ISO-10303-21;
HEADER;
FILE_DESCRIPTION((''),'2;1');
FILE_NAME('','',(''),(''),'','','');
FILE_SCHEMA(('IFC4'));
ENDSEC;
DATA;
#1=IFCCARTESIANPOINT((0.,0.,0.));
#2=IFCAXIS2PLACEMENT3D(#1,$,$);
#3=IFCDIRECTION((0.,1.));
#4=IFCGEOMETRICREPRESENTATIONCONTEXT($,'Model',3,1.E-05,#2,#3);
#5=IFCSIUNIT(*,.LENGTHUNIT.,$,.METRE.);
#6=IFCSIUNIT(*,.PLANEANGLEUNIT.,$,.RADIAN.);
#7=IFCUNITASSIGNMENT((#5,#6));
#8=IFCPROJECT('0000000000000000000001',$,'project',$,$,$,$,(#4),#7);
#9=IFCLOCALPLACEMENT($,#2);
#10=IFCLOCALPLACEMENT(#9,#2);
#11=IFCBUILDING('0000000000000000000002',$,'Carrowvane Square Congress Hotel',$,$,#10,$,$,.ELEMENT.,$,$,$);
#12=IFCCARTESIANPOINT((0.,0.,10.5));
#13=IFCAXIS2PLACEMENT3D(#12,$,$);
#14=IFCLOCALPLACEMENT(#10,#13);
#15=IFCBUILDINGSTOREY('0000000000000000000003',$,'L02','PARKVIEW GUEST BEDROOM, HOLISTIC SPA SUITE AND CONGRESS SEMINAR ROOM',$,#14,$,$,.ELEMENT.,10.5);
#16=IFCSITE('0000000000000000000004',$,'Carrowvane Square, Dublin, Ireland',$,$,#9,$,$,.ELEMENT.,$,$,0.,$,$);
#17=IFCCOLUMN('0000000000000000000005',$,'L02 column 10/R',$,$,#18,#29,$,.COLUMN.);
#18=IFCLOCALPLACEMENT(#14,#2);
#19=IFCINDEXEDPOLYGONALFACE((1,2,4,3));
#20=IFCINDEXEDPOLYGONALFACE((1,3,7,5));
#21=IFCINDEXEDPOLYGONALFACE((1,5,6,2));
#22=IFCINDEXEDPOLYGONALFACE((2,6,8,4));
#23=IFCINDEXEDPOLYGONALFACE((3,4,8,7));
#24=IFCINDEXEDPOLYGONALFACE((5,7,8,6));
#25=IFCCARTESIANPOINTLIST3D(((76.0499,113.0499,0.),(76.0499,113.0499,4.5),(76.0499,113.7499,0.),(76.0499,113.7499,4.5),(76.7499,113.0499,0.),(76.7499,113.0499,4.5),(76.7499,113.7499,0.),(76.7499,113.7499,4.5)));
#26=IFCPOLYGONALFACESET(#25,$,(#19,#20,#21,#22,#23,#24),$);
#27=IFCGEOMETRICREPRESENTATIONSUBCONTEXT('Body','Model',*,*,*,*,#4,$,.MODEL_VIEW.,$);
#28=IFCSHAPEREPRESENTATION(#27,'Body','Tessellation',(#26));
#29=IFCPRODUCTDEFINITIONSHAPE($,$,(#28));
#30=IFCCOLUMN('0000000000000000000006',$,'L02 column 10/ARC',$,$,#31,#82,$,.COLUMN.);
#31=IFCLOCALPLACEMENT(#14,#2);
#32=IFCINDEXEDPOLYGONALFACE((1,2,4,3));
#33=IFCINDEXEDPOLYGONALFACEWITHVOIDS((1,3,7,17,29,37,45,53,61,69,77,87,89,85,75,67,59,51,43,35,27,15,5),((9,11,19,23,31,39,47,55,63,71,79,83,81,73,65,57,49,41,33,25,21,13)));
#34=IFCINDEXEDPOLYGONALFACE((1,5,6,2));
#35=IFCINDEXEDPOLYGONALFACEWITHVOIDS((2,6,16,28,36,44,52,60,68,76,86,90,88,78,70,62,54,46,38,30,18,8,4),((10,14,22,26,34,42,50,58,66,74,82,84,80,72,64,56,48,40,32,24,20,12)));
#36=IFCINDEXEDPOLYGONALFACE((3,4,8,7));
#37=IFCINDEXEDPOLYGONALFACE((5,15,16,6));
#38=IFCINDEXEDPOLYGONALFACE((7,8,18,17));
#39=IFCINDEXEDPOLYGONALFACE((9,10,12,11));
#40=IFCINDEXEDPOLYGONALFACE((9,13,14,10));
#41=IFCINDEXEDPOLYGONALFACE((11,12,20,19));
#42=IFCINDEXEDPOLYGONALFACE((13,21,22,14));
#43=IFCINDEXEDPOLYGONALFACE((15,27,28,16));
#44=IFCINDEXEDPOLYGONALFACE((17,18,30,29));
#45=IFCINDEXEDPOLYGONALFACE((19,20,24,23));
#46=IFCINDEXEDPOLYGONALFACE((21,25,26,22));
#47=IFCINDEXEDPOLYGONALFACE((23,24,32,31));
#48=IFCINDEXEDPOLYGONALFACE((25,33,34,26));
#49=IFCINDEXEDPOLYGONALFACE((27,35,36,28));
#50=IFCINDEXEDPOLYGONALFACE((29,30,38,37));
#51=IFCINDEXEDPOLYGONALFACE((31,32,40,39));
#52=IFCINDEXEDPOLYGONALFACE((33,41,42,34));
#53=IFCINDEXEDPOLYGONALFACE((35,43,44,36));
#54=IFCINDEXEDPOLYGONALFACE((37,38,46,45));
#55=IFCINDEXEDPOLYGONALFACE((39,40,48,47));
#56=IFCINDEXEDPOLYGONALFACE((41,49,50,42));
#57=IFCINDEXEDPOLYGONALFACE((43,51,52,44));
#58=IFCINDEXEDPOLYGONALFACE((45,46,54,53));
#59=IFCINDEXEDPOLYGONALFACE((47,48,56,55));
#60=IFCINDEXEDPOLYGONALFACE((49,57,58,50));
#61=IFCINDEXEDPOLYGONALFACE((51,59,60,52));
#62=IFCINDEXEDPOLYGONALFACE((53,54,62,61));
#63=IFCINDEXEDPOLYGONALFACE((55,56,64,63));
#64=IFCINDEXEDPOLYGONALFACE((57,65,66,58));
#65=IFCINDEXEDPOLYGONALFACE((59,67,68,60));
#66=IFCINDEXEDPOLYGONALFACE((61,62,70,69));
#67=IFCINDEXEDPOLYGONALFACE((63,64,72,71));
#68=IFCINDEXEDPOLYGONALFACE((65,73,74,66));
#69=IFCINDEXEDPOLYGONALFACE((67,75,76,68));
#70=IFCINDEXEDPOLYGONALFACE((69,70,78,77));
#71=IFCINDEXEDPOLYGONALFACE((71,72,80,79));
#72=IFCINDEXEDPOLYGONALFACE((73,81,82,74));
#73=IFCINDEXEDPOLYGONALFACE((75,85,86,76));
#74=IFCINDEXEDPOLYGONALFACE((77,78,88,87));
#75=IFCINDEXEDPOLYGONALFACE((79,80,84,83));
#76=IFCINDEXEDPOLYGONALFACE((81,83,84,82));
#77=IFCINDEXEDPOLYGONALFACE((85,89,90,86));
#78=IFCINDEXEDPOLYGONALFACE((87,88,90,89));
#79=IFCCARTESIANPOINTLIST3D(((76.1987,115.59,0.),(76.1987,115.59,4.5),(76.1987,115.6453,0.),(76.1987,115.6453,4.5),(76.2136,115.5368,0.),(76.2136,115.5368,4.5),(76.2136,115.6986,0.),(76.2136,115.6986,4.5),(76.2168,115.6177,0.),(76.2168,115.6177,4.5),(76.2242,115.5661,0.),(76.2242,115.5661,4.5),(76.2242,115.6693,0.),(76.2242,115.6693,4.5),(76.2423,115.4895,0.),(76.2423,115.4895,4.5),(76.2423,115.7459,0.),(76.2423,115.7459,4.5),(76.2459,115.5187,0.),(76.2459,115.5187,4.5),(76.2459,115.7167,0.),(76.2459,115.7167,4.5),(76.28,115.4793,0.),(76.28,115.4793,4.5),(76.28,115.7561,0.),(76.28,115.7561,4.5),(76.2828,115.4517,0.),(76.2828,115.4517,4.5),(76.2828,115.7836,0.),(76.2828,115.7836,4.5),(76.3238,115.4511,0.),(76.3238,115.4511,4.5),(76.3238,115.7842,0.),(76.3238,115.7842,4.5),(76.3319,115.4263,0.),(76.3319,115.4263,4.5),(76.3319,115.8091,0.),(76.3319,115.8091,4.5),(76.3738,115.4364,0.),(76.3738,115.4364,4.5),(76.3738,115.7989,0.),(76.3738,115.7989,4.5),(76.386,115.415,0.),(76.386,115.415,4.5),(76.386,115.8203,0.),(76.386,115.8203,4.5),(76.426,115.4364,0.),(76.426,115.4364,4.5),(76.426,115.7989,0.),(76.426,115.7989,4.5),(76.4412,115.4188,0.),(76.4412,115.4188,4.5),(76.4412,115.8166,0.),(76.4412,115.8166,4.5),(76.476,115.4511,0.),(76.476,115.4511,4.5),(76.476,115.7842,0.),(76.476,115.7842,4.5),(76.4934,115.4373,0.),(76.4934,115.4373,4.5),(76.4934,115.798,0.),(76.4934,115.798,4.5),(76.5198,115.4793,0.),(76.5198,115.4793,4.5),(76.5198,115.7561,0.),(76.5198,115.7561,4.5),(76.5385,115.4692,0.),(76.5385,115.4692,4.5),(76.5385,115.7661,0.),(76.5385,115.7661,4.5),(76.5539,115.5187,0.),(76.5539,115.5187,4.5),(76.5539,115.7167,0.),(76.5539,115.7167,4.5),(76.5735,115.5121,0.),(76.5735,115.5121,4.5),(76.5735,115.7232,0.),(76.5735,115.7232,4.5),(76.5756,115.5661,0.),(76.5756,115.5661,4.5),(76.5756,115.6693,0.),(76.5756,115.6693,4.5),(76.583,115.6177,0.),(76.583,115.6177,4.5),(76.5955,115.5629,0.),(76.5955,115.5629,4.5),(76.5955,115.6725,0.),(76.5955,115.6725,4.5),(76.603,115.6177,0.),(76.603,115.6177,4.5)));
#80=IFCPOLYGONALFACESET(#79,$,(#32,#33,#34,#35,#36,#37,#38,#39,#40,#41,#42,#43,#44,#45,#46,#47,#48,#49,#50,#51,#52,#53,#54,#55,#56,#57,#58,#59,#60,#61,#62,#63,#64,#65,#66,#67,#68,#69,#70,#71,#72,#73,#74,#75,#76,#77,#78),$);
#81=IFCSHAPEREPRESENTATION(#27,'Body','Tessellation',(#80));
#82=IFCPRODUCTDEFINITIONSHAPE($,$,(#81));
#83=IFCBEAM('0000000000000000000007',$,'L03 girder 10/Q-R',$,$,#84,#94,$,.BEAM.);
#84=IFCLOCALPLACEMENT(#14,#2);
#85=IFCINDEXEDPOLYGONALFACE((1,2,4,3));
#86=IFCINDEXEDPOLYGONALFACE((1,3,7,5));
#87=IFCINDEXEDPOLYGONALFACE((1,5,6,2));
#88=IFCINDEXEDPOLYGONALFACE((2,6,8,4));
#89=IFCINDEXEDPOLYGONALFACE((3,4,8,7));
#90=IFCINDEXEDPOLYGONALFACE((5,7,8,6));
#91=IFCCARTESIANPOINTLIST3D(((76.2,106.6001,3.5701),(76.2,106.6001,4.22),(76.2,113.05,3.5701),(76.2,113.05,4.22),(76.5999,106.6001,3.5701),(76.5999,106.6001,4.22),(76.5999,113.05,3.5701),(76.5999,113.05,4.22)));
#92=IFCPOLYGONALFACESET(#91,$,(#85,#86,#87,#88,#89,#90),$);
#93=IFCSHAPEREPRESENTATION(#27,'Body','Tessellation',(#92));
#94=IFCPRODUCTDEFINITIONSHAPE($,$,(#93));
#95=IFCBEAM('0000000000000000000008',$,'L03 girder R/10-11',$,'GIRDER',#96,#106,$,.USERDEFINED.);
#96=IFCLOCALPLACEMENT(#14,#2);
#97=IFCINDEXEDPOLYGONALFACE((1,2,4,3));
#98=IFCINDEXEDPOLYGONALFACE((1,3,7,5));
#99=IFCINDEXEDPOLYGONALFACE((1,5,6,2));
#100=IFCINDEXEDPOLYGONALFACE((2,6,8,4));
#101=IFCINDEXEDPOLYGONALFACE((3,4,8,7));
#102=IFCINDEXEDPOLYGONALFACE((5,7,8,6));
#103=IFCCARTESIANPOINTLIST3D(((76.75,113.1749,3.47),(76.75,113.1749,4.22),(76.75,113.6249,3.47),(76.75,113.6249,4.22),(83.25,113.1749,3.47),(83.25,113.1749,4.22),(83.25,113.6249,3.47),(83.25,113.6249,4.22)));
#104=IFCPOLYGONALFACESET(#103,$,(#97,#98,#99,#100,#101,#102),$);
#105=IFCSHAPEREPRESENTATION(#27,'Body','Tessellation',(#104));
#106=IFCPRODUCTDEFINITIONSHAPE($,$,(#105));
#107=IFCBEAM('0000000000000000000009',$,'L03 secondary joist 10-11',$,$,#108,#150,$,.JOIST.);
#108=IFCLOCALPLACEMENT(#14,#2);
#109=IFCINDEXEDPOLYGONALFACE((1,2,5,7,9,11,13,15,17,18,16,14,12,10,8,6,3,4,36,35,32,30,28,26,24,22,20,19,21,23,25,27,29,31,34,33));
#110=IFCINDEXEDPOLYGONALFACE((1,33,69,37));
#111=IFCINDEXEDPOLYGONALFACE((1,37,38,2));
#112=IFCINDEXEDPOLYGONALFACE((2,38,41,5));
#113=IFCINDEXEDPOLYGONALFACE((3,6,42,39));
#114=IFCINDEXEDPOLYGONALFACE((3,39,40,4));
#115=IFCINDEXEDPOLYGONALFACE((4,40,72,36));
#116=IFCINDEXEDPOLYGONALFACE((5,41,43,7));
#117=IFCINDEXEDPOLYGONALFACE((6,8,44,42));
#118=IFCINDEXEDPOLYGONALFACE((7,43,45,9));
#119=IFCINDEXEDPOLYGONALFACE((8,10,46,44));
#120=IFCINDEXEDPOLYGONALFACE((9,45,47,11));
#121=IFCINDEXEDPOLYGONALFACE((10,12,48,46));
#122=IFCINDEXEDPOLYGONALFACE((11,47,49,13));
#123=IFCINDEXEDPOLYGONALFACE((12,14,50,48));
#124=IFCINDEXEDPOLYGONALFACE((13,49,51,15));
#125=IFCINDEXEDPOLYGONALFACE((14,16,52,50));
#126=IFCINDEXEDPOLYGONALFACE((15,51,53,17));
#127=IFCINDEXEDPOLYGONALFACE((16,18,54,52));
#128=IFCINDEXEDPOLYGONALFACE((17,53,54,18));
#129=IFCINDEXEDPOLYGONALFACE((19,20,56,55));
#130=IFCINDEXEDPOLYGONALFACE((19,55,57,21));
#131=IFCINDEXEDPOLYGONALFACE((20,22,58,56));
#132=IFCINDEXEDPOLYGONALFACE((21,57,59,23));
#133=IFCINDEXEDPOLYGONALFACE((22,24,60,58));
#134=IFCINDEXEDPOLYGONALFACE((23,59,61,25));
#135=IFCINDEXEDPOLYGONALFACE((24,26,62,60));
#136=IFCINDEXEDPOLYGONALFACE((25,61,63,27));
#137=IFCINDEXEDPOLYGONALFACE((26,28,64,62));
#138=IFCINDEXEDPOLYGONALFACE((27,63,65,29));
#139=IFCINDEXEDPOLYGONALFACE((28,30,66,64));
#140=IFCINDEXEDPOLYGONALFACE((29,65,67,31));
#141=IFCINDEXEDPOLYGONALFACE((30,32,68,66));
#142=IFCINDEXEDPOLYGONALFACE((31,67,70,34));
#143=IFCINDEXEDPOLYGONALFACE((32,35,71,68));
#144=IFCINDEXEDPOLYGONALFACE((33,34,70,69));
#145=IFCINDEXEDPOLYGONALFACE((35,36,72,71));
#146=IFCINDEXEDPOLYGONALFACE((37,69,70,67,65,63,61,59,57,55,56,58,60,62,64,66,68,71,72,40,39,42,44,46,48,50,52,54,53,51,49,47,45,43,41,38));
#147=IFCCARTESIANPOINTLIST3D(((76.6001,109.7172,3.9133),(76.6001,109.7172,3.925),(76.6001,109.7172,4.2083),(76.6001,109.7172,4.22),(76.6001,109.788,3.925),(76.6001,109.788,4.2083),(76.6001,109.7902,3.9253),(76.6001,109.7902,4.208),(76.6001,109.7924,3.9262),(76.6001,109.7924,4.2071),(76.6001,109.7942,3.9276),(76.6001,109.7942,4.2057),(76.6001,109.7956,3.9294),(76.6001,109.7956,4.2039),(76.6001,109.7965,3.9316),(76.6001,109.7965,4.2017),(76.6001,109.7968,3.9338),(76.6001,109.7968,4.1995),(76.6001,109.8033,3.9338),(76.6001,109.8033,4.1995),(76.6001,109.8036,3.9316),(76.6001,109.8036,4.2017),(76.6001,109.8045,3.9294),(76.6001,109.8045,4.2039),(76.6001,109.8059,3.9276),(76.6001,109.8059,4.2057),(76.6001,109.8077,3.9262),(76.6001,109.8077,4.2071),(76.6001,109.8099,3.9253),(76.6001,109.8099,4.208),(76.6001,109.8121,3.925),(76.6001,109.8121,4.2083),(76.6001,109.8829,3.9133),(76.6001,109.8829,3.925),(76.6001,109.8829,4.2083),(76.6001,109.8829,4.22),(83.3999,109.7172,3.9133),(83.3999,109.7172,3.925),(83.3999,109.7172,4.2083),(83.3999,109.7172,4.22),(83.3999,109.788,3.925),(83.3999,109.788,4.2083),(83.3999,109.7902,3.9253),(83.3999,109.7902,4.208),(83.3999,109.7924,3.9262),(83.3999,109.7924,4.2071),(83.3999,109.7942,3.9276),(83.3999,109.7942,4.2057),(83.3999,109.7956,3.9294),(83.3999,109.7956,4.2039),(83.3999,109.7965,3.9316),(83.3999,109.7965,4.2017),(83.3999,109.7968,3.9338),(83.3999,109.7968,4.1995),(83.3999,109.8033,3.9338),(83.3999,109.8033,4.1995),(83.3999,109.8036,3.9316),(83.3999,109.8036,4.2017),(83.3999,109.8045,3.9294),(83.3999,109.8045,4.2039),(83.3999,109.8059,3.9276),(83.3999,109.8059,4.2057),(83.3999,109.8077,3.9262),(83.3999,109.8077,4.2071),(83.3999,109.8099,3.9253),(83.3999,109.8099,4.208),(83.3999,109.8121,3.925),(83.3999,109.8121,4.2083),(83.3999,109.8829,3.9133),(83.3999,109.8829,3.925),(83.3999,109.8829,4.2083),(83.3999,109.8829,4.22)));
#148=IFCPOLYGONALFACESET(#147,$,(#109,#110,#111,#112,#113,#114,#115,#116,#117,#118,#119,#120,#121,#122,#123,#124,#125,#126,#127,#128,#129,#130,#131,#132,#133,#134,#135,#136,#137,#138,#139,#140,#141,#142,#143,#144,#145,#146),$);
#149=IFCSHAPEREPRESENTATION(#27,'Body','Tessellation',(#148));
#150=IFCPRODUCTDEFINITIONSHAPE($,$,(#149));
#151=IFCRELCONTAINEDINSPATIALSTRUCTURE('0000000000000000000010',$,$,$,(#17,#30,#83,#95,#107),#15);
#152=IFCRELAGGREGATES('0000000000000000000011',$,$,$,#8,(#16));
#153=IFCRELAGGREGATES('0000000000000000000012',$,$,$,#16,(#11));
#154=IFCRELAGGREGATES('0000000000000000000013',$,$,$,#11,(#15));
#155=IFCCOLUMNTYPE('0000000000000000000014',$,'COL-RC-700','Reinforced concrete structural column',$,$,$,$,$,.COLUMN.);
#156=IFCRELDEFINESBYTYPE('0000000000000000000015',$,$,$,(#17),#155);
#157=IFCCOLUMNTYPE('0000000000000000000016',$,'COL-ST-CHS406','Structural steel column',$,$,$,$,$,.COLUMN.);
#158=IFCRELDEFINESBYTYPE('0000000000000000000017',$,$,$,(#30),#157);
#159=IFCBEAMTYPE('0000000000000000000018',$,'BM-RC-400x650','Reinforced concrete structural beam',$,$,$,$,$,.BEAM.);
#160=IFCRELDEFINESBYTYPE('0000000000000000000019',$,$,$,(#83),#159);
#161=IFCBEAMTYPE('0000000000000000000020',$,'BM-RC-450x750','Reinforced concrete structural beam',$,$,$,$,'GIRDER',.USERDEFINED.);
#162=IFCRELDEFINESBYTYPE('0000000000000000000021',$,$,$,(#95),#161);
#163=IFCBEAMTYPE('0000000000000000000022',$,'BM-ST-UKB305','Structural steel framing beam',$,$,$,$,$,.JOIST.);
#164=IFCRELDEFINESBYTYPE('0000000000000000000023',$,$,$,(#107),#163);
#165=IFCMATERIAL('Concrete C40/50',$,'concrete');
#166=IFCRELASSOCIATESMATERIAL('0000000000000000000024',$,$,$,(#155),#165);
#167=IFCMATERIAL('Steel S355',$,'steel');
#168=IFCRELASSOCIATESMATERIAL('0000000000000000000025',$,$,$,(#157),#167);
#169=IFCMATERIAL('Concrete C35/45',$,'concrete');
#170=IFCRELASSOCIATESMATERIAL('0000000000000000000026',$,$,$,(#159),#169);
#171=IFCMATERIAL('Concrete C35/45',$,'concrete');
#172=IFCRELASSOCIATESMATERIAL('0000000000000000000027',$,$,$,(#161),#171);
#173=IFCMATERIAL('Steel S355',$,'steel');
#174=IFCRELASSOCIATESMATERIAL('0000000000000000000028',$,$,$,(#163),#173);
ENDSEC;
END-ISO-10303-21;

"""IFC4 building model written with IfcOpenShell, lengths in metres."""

from ifc_helpers import new_model, si_unit, direction, frame, origin, origin_2d, place, context, subcontext, project, spatial, rectangle, hollow_circle, i_section, extrude, material, material_profile, profile_set, type_object, element, save


model = new_model("IFC4")

# Units and contexts
model_context = context("Model", 3, precision=1e-05, world=origin(), true_north=direction((0.0, 1.0)))
body_context = subcontext(model_context, "Body", "Model", "MODEL_VIEW")
ifc_project = project(units=[si_unit("LENGTHUNIT", "METRE"), si_unit("PLANEANGLEUNIT", "RADIAN")], contexts=[model_context])

# Site, building, storey
site_placement = place(None, origin())
site = spatial("IfcSite", under=ifc_project, at=site_placement, Name="Carrowvane Square, Dublin, Ireland", CompositionType="ELEMENT", RefElevation=0.0)
building_placement = place(site_placement, origin())
building = spatial("IfcBuilding", under=site, at=building_placement, Name="Carrowvane Square Congress Hotel", CompositionType="ELEMENT")
storey_placement = place(building_placement, frame((0.0, 0.0, 10.5)))
storey = spatial("IfcBuildingStorey", under=building, at=storey_placement, Name="L02", Description="PARKVIEW GUEST BEDROOM, HOLISTIC SPA SUITE AND CONGRESS SEMINAR ROOM", CompositionType="ELEMENT", Elevation=10.5)

# Columns
ifc_material_1 = material(Name="Concrete C40/50", Category="concrete")
ifc_material_profile_1 = material_profile(ifc_material_1, rectangle(XDim=0.7, YDim=0.7, at=origin_2d()), Name="RC 700x700")
ifc_profile_set_1 = profile_set([ifc_material_profile_1], Name="Concrete C40/50")
column_type_1 = type_object("IfcColumnType", Name="COL-RC-700", Description="Reinforced concrete structural column", PredefinedType="COLUMN", material=ifc_profile_set_1)
column_1_placement = place(storey_placement, frame((76.3999, 113.3999, 0.0), z_axis=(0.0, 0.0, 1.0), x_axis=(1.0, 0.0, 0.0)))
element("IfcColumn", 1, at=column_1_placement, inside=storey, type_object=column_type_1, Name="L02 column 10/R", PredefinedType="COLUMN", context=body_context, shape_type="SweptSolid", body=[
    extrude(rectangle(XDim=0.7, YDim=0.7, at=origin_2d()), origin(), (0.0, 0.0, 1.0), 4.5),
])
ifc_material_2 = material(Name="Steel S355", Category="steel")
ifc_material_profile_2 = material_profile(ifc_material_2, hollow_circle(Radius=0.2031, WallThickness=0.02, at=origin_2d()), Name="CHS 406.4x20")
ifc_profile_set_2 = profile_set([ifc_material_profile_2], Name="Steel S355")
column_type_2 = type_object("IfcColumnType", Name="COL-ST-CHS406", Description="Structural steel column", PredefinedType="COLUMN", material=ifc_profile_set_2)
column_2_placement = place(storey_placement, frame((76.3999, 115.6177, 0.0), z_axis=(0.0, 0.0, 1.0), x_axis=(1.0, 0.0, 0.0)))
element("IfcColumn", 2, at=column_2_placement, inside=storey, type_object=column_type_2, Name="L02 column 10/ARC", PredefinedType="COLUMN", context=body_context, shape_type="SweptSolid", body=[
    extrude(hollow_circle(Radius=0.2031, WallThickness=0.02, at=origin_2d()), origin(), (0.0, 0.0, 1.0), 4.5),
])

# Beams
ifc_material_3 = material(Name="Concrete C35/45", Category="concrete")
ifc_material_profile_3 = material_profile(ifc_material_3, rectangle(XDim=0.3999, YDim=0.6499, at=origin_2d()), Name="RC 400x650")
ifc_profile_set_3 = profile_set([ifc_material_profile_3], Name="Concrete C35/45")
beam_type_1 = type_object("IfcBeamType", Name="BM-RC-400x650", Description="Reinforced concrete structural beam", PredefinedType="BEAM", material=ifc_profile_set_3)
beam_1_placement = place(storey_placement, frame((76.3999, 106.6001, 3.895), z_axis=(0.0, 1.0, 0.0), x_axis=(-1.0, 0.0, 0.0)))
element("IfcBeam", 3, at=beam_1_placement, inside=storey, type_object=beam_type_1, Name="L03 girder 10/Q-R", PredefinedType="BEAM", context=body_context, shape_type="SweptSolid", body=[
    extrude(rectangle(XDim=0.3999, YDim=0.6499, at=origin_2d()), origin(), (0.0, 0.0, 1.0), 6.45),
])
ifc_material_4 = material(Name="Concrete C35/45", Category="concrete")
ifc_material_profile_4 = material_profile(ifc_material_4, rectangle(XDim=0.45, YDim=0.75, at=origin_2d()), Name="RC 450x750")
ifc_profile_set_4 = profile_set([ifc_material_profile_4], Name="Concrete C35/45")
beam_type_2 = type_object("IfcBeamType", Name="BM-RC-450x750", Description="Reinforced concrete structural beam", ElementType="GIRDER", PredefinedType="USERDEFINED", material=ifc_profile_set_4)
beam_2_placement = place(storey_placement, frame((76.75, 113.3999, 3.845), z_axis=(1.0, 0.0, 0.0), x_axis=(0.0, 1.0, 0.0)))
element("IfcBeam", 4, at=beam_2_placement, inside=storey, type_object=beam_type_2, Name="L03 girder R/10-11", ObjectType="GIRDER", PredefinedType="USERDEFINED", context=body_context, shape_type="SweptSolid", body=[
    extrude(rectangle(XDim=0.45, YDim=0.75, at=origin_2d()), origin(), (0.0, 0.0, 1.0), 6.5),
])
ifc_material_5 = material(Name="Steel S355", Category="steel")
ifc_material_profile_5 = material_profile(ifc_material_5, i_section(OverallWidth=0.1658, OverallDepth=0.3066, WebThickness=0.0066, FlangeThickness=0.0117, FilletRadius=0.0088, at=origin_2d()), Name="UKB 305x165x46")
ifc_profile_set_5 = profile_set([ifc_material_profile_5], Name="Steel S355")
beam_type_3 = type_object("IfcBeamType", Name="BM-ST-UKB305", Description="Structural steel framing beam", PredefinedType="JOIST", material=ifc_profile_set_5)
beam_3_placement = place(storey_placement, frame((76.6001, 109.8, 4.0667), z_axis=(1.0, 0.0, 0.0), x_axis=(0.0, 1.0, 0.0)))
element("IfcBeam", 5, at=beam_3_placement, inside=storey, type_object=beam_type_3, Name="L03 secondary joist 10-11", PredefinedType="JOIST", context=body_context, shape_type="SweptSolid", body=[
    extrude(i_section(OverallWidth=0.1658, OverallDepth=0.3066, WebThickness=0.0066, FlangeThickness=0.0117, FilletRadius=0.0088, at=origin_2d()), origin(), (0.0, 0.0, 1.0), 6.7998),
])

save(model, "model.ifc")
